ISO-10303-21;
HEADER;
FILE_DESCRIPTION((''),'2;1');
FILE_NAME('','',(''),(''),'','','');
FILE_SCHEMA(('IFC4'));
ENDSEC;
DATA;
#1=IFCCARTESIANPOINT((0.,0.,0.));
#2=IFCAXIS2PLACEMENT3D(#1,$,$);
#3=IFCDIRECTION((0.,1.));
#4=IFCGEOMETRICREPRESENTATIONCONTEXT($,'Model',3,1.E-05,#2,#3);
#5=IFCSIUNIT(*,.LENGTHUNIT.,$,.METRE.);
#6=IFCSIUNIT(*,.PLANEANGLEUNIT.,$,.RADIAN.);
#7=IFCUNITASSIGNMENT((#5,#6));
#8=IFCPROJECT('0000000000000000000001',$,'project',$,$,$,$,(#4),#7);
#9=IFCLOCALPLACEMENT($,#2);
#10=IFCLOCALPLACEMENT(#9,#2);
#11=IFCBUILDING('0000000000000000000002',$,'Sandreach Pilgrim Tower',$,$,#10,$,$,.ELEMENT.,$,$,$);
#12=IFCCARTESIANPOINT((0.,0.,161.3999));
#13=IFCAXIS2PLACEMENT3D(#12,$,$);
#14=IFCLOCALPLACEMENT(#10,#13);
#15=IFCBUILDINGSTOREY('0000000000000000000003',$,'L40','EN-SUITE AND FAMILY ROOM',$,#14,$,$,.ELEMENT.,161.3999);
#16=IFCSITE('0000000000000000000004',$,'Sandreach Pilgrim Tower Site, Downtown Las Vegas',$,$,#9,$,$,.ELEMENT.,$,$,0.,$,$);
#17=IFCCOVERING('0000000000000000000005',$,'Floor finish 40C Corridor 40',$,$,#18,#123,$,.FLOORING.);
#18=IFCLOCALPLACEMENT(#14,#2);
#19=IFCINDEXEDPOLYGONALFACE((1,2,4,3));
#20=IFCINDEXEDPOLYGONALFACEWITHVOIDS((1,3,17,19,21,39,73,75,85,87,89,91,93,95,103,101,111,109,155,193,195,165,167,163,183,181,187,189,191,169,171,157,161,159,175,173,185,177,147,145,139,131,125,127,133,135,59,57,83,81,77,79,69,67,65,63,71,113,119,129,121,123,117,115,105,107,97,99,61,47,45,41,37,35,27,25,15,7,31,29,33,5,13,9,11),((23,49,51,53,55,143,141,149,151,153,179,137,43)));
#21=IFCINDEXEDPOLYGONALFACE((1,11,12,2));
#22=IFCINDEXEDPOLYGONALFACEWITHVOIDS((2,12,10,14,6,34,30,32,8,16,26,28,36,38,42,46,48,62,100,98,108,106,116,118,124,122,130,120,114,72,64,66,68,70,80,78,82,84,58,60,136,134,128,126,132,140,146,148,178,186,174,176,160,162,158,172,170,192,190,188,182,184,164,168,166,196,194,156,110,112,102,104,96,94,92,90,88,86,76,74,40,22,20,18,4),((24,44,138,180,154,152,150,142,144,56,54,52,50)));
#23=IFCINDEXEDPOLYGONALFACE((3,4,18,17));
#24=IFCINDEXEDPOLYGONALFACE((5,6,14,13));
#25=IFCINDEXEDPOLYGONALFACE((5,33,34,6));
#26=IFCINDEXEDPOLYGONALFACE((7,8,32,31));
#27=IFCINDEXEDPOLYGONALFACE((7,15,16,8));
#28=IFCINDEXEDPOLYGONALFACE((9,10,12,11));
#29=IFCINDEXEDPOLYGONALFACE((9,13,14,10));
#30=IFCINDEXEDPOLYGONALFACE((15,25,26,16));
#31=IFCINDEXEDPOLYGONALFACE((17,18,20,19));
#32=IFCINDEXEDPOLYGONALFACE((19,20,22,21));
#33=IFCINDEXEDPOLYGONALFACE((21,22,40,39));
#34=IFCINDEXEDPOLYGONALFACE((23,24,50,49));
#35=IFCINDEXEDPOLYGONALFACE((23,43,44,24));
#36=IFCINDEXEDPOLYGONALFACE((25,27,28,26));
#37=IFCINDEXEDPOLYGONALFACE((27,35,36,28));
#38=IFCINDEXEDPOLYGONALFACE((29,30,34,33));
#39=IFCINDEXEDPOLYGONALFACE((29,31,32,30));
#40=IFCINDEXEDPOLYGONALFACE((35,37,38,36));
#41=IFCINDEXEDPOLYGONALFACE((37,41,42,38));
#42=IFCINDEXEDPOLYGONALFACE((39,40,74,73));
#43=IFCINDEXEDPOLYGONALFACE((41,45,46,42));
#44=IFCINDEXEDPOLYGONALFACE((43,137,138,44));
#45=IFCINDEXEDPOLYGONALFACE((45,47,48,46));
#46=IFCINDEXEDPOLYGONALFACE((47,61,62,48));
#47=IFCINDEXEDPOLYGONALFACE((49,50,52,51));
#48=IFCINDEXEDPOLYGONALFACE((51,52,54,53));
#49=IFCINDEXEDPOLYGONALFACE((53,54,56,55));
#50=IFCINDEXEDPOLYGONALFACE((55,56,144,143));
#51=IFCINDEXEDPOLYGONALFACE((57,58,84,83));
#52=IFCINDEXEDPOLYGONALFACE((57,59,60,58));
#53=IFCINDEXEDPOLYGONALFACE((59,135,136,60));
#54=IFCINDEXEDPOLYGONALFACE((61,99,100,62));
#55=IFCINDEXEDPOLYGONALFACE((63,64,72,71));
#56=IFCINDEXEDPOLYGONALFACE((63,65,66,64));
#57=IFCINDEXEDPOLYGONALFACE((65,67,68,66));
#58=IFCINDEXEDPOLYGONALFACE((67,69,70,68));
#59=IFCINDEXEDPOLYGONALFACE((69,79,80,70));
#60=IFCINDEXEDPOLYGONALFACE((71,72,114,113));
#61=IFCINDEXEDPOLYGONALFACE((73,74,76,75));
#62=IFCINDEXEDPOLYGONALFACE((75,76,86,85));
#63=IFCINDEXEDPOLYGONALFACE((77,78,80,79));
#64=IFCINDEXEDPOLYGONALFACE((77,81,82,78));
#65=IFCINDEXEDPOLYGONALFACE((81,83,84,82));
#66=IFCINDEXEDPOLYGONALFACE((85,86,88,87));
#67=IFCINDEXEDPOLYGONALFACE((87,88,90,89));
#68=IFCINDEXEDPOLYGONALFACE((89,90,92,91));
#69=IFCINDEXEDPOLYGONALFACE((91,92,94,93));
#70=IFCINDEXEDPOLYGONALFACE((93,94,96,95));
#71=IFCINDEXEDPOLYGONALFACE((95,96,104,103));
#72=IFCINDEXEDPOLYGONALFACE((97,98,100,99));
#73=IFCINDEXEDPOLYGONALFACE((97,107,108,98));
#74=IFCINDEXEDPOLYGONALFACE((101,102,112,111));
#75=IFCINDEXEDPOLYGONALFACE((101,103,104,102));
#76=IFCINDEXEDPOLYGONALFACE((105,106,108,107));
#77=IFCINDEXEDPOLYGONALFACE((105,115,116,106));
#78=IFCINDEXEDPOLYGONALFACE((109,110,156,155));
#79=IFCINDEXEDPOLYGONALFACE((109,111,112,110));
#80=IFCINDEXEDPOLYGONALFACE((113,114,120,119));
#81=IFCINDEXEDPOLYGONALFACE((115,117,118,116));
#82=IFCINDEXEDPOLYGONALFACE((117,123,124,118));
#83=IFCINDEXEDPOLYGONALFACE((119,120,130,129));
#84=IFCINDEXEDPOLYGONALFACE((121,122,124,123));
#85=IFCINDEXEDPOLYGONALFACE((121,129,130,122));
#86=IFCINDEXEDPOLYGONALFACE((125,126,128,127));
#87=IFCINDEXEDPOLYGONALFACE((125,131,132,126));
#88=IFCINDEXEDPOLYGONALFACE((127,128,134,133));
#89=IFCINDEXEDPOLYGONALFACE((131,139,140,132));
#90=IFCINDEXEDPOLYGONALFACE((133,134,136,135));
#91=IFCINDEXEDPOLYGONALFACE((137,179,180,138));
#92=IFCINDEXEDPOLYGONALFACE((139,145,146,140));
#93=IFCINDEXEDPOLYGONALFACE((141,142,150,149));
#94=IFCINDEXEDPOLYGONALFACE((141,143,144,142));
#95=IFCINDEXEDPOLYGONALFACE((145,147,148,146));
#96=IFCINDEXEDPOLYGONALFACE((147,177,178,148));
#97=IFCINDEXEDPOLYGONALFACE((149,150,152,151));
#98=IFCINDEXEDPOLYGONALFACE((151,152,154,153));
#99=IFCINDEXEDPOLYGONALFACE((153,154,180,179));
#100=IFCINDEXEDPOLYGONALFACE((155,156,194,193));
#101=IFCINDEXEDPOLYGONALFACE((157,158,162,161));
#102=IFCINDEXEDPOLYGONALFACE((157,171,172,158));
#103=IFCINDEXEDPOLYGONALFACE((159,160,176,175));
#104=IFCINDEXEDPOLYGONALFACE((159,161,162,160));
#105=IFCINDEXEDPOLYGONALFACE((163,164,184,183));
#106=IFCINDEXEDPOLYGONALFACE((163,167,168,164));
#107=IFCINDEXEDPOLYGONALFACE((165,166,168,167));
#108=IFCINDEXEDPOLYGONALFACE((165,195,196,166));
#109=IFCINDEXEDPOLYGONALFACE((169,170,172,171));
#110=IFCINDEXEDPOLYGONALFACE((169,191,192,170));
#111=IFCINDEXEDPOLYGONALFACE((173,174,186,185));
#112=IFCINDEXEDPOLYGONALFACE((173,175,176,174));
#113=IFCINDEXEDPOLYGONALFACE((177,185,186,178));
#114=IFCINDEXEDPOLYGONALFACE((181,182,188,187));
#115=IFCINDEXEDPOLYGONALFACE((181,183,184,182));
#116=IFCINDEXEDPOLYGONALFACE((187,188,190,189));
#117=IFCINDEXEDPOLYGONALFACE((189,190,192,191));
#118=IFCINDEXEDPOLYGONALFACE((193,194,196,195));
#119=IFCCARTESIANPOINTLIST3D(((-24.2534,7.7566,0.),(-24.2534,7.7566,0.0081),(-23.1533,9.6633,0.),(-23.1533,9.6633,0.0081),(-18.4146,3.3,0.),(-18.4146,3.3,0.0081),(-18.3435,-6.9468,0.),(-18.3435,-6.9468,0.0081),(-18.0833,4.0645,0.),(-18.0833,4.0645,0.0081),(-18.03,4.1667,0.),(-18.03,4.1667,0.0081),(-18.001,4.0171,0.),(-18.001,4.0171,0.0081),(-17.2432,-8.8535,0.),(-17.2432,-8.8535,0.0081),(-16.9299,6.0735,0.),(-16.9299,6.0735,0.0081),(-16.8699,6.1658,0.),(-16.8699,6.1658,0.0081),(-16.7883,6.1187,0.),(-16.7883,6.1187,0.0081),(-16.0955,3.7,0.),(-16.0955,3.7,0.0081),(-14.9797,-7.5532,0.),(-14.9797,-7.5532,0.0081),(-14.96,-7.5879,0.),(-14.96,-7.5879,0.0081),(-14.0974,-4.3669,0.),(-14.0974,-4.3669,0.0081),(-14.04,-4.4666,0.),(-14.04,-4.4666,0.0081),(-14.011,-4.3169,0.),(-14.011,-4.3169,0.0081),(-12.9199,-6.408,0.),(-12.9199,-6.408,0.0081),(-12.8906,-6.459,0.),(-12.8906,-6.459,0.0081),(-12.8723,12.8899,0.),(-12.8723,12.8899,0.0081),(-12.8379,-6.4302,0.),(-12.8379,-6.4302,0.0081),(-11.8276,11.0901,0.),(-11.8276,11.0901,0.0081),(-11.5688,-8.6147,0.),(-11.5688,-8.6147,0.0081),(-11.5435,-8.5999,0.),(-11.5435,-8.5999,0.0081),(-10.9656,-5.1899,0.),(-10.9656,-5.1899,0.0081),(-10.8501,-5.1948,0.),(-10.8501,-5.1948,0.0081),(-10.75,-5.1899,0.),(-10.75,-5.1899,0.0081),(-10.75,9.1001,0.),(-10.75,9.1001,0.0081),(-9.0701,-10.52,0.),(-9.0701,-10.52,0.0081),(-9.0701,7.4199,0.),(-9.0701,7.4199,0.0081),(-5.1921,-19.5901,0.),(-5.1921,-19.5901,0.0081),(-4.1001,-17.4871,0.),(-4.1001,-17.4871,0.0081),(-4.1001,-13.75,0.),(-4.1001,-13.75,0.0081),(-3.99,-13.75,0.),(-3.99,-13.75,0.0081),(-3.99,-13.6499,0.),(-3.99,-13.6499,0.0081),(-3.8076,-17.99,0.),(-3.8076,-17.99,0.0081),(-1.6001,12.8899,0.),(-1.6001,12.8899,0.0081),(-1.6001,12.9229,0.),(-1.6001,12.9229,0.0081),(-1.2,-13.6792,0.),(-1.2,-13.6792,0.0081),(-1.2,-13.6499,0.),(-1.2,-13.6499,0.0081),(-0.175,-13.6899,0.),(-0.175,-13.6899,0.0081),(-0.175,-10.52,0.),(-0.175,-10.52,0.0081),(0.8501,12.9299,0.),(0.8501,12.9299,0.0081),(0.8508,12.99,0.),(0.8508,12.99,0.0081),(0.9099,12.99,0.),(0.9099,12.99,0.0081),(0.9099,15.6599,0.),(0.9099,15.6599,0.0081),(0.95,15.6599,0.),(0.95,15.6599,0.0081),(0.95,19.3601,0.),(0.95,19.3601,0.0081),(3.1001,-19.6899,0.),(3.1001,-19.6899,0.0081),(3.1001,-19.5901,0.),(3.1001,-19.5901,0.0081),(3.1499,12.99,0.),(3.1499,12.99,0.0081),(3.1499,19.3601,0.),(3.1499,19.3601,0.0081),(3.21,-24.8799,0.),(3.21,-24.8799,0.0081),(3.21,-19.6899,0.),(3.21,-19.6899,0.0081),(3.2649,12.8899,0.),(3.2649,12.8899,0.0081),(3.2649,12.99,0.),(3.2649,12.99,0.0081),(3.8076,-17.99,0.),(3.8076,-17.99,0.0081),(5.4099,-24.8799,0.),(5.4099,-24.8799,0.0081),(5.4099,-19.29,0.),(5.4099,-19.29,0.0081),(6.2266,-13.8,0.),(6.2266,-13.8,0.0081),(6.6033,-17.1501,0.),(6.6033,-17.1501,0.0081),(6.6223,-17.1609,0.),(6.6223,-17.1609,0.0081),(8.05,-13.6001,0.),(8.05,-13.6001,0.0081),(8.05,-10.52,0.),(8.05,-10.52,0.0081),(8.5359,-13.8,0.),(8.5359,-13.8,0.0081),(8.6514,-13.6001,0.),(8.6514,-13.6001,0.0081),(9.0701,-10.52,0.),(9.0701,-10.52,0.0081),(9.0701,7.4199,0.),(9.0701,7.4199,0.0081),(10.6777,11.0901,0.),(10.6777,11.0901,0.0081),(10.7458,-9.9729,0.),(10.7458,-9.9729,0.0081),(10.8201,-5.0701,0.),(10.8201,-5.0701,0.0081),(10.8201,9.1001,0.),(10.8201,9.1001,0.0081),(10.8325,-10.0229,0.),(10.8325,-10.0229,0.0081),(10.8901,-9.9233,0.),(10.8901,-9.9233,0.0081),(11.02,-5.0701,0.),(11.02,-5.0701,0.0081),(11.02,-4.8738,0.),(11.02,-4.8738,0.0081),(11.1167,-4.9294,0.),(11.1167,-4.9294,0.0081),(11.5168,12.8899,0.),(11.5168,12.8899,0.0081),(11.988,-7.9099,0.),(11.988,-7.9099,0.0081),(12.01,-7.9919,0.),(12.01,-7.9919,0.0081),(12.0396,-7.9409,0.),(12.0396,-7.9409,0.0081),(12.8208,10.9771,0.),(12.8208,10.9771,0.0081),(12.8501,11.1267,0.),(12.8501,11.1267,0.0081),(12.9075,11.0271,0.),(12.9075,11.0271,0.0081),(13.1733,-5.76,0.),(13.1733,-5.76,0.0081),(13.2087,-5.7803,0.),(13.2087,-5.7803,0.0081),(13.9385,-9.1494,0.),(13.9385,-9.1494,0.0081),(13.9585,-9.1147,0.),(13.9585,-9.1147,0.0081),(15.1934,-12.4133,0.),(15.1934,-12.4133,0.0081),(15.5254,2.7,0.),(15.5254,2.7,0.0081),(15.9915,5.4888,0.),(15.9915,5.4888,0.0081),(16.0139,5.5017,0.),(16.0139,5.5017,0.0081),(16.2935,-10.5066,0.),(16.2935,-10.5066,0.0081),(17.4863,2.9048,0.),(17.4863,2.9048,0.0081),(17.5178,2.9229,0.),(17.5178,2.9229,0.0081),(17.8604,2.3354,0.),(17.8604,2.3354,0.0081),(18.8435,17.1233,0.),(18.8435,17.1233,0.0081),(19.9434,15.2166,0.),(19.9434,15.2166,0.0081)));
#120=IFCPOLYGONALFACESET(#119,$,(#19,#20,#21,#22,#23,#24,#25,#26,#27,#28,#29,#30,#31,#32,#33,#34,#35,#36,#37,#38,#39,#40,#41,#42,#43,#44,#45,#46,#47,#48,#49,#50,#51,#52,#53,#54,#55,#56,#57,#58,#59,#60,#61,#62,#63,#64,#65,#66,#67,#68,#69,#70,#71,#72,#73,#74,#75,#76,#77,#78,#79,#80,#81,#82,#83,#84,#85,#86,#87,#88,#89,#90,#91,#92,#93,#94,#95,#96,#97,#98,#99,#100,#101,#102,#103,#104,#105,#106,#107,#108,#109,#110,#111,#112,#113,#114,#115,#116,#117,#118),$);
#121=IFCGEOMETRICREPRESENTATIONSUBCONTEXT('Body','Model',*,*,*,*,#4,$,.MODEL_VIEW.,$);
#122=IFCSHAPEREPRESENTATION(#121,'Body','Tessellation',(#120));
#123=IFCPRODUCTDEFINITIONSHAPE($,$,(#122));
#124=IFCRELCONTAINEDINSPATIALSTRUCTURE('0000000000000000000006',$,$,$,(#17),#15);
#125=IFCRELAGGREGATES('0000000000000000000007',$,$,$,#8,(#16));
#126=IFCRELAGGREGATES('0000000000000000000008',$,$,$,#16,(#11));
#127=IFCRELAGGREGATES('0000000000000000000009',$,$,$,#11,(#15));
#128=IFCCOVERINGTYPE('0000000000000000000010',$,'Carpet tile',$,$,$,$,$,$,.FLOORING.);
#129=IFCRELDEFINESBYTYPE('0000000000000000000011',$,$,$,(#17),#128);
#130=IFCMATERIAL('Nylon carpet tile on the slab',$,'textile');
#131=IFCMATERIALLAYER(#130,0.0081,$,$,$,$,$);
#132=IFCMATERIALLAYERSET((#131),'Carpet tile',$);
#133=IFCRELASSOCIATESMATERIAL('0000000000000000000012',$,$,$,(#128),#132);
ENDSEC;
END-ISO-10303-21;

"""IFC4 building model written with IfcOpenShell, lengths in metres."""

from ifc_helpers import new_model, si_unit, direction, frame, origin, place, context, subcontext, project, spatial, polyline, outline, extrude, material, layer, layer_set, type_object, element, save


model = new_model("IFC4")

# Units and contexts
model_context = context("Model", 3, precision=1e-05, world=origin(), true_north=direction((0.0, 1.0)))
body_context = subcontext(model_context, "Body", "Model", "MODEL_VIEW")
ifc_project = project(units=[si_unit("LENGTHUNIT", "METRE"), si_unit("PLANEANGLEUNIT", "RADIAN")], contexts=[model_context])

# Site, building, storey
site_placement = place(None, origin())
site = spatial("IfcSite", under=ifc_project, at=site_placement, Name="Sandreach Pilgrim Tower Site, Downtown Las Vegas", CompositionType="ELEMENT", RefElevation=0.0)
building_placement = place(site_placement, origin())
building = spatial("IfcBuilding", under=site, at=building_placement, Name="Sandreach Pilgrim Tower", CompositionType="ELEMENT")
storey_placement = place(building_placement, frame((0.0, 0.0, 161.3999)))
storey = spatial("IfcBuildingStorey", under=building, at=storey_placement, Name="L40", Description="EN-SUITE AND FAMILY ROOM", CompositionType="ELEMENT", Elevation=161.3999)

# Covering
ifc_material_1 = material(Name="Nylon carpet tile on the slab", Category="textile")
ifc_layer_1 = layer(ifc_material_1, 0.0081)
ifc_layer_set_1 = layer_set([ifc_layer_1], Name="Carpet tile")
covering_type_1 = type_object("IfcCoveringType", Name="Carpet tile", PredefinedType="FLOORING", material=ifc_layer_set_1)
covering_1_placement = place(storey_placement, origin())
element("IfcCovering", 1, at=covering_1_placement, inside=storey, type_object=covering_type_1, Name="Floor finish 40C Corridor 40", PredefinedType="FLOORING", context=body_context, shape_type="SweptSolid", body=[
    extrude(outline(polyline([(-18.03, 4.1667), (-24.2534, 7.7566), (-23.1533, 9.6633), (-16.9299, 6.0735), (-16.8699, 6.1658), (-16.7883, 6.1187), (-12.8723, 12.8899), (-1.6001, 12.8899), (-1.6001, 12.9229), (0.8501, 12.9299), (0.8508, 12.99), (0.9099, 12.99), (0.9099, 15.6599), (0.95, 15.6599), (0.95, 19.3601), (3.1499, 19.3601), (3.1499, 12.99), (3.2649, 12.99), (3.2649, 12.8899), (11.5168, 12.8899), (18.8435, 17.1233), (19.9434, 15.2166), (12.8501, 11.1267), (12.9075, 11.0271), (12.8208, 10.9771), (16.0139, 5.5017), (15.9915, 5.4888), (17.4863, 2.9048), (17.5178, 2.9229), (17.8604, 2.3354), (13.1733, -5.76), (13.2087, -5.7803), (11.988, -7.9099), (12.0396, -7.9409), (12.01, -7.9919), (13.9585, -9.1147), (13.9385, -9.1494), (16.2935, -10.5066), (15.1934, -12.4133), (10.8901, -9.9233), (10.8325, -10.0229), (10.7458, -9.9729), (8.6514, -13.6001), (8.05, -13.6001), (8.05, -10.52), (9.0701, -10.52), (9.0701, 7.4199), (-9.0701, 7.4199), (-9.0701, -10.52), (-0.175, -10.52), (-0.175, -13.6899), (-1.2, -13.6792), (-1.2, -13.6499), (-3.99, -13.6499), (-3.99, -13.75), (-4.1001, -13.75), (-4.1001, -17.4871), (-3.8076, -17.99), (3.8076, -17.99), (6.2266, -13.8), (8.5359, -13.8), (6.6033, -17.1501), (6.6223, -17.1609), (5.4099, -19.29), (5.4099, -24.8799), (3.21, -24.8799), (3.21, -19.6899), (3.1001, -19.6899), (3.1001, -19.5901), (-5.1921, -19.5901), (-11.5435, -8.5999), (-11.5688, -8.6147), (-12.8379, -6.4302), (-12.8906, -6.459), (-12.9199, -6.408), (-14.96, -7.5879), (-14.9797, -7.5532), (-17.2432, -8.8535), (-18.3435, -6.9468), (-14.04, -4.4666), (-14.0974, -4.3669), (-14.011, -4.3169), (-18.4146, 3.3), (-18.001, 4.0171), (-18.0833, 4.0645), (-18.03, 4.1667)]), holes=[polyline([(-16.0955, 3.7), (-10.9656, -5.1899), (-10.8501, -5.1948), (-10.75, -5.1899), (-10.75, 9.1001), (10.8201, 9.1001), (10.8201, -5.0701), (11.02, -5.0701), (11.02, -4.8738), (11.1167, -4.9294), (15.5254, 2.7), (10.6777, 11.0901), (-11.8276, 11.0901), (-16.0955, 3.7)])]), origin(), (0.0, 0.0, 1.0), 0.0081),
])

save(model, "model.ifc")
